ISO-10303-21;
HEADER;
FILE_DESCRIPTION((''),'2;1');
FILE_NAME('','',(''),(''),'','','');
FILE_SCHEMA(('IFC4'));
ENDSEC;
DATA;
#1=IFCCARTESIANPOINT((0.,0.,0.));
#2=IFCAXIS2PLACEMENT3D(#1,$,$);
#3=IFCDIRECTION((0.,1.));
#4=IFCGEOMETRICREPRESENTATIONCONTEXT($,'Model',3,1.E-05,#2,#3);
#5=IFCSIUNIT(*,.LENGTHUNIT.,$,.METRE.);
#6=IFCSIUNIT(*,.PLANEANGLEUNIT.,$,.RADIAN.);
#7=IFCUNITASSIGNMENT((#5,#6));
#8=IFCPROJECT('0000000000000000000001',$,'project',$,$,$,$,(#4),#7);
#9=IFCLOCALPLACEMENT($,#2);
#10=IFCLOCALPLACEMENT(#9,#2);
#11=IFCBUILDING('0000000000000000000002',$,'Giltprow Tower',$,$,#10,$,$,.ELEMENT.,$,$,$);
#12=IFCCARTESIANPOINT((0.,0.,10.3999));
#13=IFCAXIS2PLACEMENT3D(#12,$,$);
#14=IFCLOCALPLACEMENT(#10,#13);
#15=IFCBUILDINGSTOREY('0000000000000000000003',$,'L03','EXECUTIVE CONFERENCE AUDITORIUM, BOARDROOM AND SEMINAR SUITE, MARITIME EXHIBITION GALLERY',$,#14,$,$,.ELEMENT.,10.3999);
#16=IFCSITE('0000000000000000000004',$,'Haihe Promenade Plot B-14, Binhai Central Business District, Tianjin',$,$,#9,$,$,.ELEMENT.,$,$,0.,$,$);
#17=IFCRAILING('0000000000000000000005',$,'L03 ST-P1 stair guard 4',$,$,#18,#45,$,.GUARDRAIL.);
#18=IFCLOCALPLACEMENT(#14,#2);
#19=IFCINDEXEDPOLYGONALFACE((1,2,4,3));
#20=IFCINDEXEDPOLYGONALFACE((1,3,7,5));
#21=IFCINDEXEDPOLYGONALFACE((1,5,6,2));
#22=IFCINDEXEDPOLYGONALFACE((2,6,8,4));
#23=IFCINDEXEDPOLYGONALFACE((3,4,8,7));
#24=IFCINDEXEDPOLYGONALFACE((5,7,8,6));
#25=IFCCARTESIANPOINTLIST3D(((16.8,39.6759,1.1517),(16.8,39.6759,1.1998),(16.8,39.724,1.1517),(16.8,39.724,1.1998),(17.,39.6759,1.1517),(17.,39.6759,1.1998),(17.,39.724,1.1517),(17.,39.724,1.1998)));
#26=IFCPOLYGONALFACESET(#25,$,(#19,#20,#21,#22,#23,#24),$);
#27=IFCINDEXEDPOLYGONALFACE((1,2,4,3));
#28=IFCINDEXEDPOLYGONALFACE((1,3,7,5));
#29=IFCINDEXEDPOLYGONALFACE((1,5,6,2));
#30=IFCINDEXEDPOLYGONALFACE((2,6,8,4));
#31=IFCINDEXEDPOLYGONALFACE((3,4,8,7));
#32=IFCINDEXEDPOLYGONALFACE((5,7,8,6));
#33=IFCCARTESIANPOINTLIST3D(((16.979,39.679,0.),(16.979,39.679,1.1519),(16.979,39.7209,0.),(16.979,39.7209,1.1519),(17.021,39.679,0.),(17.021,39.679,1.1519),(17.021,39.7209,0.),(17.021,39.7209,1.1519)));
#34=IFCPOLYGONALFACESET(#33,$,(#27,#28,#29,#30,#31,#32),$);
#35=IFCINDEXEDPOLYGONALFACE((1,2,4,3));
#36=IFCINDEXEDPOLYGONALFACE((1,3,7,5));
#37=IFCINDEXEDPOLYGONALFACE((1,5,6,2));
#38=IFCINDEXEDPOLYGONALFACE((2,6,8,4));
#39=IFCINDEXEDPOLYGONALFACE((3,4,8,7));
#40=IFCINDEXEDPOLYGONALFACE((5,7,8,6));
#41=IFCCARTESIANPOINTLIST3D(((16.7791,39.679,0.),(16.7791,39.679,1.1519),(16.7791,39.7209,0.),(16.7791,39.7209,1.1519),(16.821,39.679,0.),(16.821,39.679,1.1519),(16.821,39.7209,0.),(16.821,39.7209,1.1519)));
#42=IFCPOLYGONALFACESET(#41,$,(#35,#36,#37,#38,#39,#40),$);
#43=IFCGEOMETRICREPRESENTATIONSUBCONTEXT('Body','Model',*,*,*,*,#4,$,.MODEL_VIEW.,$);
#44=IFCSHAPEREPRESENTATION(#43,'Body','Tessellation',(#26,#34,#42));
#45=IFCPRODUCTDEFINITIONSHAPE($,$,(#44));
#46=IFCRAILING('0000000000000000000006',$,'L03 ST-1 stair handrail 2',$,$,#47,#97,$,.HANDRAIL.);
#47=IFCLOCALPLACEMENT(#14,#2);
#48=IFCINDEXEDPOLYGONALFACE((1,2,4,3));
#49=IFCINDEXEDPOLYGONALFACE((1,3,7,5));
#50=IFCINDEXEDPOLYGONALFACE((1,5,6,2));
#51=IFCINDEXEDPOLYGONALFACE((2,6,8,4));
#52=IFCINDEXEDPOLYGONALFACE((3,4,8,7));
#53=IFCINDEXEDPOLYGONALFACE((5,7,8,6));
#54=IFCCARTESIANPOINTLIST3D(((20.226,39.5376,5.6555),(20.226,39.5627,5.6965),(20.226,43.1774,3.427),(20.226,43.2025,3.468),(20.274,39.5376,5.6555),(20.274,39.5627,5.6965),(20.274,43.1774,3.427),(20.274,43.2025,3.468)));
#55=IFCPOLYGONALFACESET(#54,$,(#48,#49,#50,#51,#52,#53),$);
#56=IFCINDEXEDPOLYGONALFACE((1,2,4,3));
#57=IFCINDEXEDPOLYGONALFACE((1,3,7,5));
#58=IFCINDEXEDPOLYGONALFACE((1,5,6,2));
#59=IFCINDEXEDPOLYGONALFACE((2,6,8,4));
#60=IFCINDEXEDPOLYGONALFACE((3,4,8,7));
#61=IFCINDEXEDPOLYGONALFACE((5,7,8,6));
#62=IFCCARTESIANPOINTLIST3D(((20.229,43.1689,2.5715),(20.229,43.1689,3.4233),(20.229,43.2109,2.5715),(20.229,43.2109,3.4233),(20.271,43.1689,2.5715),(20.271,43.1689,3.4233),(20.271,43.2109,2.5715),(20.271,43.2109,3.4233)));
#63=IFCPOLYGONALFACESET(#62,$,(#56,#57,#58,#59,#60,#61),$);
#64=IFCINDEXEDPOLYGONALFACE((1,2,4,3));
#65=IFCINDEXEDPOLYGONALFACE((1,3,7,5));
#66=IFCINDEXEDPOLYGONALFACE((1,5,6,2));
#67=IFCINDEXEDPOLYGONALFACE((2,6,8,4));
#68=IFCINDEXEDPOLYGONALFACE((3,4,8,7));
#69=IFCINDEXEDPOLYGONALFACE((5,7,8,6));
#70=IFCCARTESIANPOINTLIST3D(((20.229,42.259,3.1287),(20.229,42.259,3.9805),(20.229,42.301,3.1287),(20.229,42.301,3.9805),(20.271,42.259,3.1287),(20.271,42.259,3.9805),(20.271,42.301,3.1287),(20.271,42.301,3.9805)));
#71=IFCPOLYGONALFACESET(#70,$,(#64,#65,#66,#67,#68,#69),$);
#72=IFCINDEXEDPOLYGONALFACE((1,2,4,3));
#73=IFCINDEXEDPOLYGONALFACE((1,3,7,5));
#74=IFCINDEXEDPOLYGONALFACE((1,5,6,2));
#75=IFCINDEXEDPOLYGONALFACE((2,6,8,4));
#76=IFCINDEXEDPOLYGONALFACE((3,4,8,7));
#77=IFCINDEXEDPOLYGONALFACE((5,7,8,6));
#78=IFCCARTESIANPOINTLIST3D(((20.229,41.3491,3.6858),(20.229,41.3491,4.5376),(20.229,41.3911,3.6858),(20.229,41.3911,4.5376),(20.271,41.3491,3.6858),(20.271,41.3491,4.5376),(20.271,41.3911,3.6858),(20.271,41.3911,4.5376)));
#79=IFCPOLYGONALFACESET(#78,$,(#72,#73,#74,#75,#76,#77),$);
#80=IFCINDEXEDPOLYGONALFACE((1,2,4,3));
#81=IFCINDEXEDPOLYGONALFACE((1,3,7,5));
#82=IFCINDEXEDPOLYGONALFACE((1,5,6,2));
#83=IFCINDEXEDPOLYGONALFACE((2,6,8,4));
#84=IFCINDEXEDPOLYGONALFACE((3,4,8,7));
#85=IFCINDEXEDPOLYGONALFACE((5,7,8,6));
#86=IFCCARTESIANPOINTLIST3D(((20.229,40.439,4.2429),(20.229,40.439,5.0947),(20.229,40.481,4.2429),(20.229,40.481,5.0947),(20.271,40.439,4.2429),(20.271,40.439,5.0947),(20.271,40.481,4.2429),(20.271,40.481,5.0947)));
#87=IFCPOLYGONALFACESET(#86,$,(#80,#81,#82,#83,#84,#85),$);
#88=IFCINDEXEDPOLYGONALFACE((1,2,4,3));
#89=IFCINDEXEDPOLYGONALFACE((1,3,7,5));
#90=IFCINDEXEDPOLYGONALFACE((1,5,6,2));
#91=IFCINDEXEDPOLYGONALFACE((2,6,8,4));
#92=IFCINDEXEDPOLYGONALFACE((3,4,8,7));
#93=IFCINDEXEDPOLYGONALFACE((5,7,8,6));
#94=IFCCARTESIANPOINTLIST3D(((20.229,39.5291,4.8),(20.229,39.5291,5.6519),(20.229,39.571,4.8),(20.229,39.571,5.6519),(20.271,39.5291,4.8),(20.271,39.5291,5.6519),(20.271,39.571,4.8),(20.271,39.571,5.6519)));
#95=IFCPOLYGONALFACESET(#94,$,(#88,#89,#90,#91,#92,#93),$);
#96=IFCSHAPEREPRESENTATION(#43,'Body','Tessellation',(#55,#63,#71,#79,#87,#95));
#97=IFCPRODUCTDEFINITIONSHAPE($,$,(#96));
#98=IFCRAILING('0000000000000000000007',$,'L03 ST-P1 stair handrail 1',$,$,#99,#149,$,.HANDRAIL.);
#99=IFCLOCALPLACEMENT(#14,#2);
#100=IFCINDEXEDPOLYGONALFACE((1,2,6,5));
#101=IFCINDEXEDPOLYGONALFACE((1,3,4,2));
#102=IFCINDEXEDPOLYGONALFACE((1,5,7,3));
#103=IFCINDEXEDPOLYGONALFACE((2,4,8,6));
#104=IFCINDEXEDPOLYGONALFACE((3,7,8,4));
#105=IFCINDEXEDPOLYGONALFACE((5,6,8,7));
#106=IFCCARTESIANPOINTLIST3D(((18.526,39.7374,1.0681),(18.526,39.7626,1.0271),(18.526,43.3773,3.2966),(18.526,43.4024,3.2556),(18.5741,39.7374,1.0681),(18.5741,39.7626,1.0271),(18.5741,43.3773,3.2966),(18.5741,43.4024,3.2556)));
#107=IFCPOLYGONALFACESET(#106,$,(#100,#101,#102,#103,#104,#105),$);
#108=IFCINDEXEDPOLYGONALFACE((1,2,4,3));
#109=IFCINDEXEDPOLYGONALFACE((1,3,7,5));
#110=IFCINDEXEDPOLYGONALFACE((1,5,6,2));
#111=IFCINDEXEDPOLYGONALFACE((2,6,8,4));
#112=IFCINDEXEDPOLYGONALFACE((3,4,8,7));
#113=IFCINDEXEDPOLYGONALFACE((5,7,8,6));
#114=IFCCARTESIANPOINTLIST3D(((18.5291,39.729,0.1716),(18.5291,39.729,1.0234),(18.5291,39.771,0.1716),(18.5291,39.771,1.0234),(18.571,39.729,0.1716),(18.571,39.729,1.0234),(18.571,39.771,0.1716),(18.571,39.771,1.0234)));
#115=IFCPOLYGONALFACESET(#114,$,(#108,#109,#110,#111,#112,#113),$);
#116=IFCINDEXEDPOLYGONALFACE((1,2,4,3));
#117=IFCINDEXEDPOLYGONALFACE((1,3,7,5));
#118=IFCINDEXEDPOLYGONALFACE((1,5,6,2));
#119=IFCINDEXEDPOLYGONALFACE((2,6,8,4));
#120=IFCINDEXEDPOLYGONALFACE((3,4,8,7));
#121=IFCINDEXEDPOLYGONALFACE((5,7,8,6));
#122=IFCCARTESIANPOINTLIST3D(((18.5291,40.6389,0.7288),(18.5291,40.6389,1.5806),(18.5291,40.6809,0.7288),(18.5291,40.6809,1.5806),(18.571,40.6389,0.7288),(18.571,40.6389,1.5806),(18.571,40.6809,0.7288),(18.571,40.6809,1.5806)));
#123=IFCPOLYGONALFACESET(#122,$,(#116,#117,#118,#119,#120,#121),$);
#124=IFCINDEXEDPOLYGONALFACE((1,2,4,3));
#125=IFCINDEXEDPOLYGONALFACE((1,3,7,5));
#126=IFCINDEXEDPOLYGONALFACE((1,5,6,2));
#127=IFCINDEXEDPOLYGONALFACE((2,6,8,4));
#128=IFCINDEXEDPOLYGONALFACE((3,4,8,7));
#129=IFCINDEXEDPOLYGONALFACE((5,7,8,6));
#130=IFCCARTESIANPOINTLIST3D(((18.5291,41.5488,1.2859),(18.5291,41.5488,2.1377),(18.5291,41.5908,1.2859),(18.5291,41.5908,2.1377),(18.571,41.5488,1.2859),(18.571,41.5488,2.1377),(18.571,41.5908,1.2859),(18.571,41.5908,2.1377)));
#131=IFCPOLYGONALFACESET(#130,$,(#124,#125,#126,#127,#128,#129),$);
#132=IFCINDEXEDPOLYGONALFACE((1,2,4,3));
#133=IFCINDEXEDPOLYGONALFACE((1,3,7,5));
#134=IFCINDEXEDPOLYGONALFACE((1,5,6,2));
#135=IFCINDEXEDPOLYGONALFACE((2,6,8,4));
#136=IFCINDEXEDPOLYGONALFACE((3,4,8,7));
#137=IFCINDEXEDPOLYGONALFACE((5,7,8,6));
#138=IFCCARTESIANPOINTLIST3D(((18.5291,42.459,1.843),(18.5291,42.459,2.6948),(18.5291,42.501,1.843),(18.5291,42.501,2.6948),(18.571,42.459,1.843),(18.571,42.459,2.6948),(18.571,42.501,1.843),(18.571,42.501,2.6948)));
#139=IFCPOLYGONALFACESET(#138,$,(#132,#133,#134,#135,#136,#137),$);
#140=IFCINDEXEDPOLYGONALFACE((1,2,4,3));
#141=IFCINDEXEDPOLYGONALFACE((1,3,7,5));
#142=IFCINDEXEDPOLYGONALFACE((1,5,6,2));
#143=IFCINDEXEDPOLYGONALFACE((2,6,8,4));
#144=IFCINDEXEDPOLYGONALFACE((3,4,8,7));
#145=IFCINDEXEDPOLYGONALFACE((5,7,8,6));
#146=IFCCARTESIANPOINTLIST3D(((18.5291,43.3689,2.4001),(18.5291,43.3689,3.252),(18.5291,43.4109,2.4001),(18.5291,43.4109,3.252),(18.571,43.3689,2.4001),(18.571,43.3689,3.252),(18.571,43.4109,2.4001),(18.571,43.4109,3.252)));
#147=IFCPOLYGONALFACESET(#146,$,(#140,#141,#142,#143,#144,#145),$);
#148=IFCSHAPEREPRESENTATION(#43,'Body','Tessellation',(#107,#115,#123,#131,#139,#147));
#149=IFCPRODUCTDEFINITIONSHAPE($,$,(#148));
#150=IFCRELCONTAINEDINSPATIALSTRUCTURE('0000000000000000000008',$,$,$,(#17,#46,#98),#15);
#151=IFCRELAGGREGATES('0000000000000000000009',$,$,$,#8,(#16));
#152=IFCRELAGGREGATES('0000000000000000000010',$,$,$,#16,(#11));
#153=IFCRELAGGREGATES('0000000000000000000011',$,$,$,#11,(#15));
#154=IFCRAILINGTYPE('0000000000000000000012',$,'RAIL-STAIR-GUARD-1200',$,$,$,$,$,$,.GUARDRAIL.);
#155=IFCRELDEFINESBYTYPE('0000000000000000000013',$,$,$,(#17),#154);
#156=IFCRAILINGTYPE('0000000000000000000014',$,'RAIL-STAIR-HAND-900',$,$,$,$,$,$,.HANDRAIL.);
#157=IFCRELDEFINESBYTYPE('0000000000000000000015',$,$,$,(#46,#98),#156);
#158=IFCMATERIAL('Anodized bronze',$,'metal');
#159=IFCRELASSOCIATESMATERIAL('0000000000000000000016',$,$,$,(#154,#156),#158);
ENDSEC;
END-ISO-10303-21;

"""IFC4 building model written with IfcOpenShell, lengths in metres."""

from ifc_helpers import new_model, si_unit, direction, frame, origin, origin_2d, place, context, subcontext, project, spatial, rectangle, extrude, material, type_object, element, save


model = new_model("IFC4")

# Units and contexts
model_context = context("Model", 3, precision=1e-05, world=origin(), true_north=direction((0.0, 1.0)))
body_context = subcontext(model_context, "Body", "Model", "MODEL_VIEW")
ifc_project = project(units=[si_unit("LENGTHUNIT", "METRE"), si_unit("PLANEANGLEUNIT", "RADIAN")], contexts=[model_context])

# Site, building, storey
site_placement = place(None, origin())
site = spatial("IfcSite", under=ifc_project, at=site_placement, Name="Haihe Promenade Plot B-14, Binhai Central Business District, Tianjin", CompositionType="ELEMENT", RefElevation=0.0)
building_placement = place(site_placement, origin())
building = spatial("IfcBuilding", under=site, at=building_placement, Name="Giltprow Tower", CompositionType="ELEMENT")
storey_placement = place(building_placement, frame((0.0, 0.0, 10.3999)))
storey = spatial("IfcBuildingStorey", under=building, at=storey_placement, Name="L03", Description="EXECUTIVE CONFERENCE AUDITORIUM, BOARDROOM AND SEMINAR SUITE, MARITIME EXHIBITION GALLERY", CompositionType="ELEMENT", Elevation=10.3999)

# Railings
ifc_material_1 = material(Name="Anodized bronze", Category="metal")
railing_type_1 = type_object("IfcRailingType", Name="RAIL-STAIR-GUARD-1200", PredefinedType="GUARDRAIL", material=ifc_material_1)
for number, where, name in (
    (1, (17.0, 39.7, 0.0), "L03 ST-P1 stair guard 4"),
):
    element("IfcRailing", number, at=place(storey_placement, frame(where)), inside=storey, type_object=railing_type_1, Name=name, PredefinedType="GUARDRAIL", context=body_context, shape_type="SweptSolid", body=[
        extrude(rectangle(XDim=0.0481, YDim=0.0481, at=origin_2d()), frame((0.0, 0.0, 1.1758), z_axis=(-1.0, 0.0, 0.0), x_axis=(0.0, -1.0, 0.0)), (0.0, 0.0, 1.0), 0.2),
        extrude(rectangle(XDim=0.042, YDim=0.042, at=origin_2d()), origin(), (0.0, 0.0, 1.0), 1.1519),
        extrude(rectangle(XDim=0.042, YDim=0.042, at=origin_2d()), frame((-0.2, 0.0, 0.0)), (0.0, 0.0, 1.0), 1.1519),
    ])
railing_type_2 = type_object("IfcRailingType", Name="RAIL-STAIR-HAND-900", PredefinedType="HANDRAIL", material=ifc_material_1)
railing_1_placement = place(storey_placement, frame((20.25, 43.1899, 2.5715)))
element("IfcRailing", 2, at=railing_1_placement, inside=storey, type_object=railing_type_2, Name="L03 ST-1 stair handrail 2", PredefinedType="HANDRAIL", context=body_context, shape_type="SweptSolid", body=[
    extrude(rectangle(XDim=0.0481, YDim=0.0481, at=origin_2d()), frame((0.0, 0.0, 0.876), z_axis=(0.0, -0.85285, 0.522156), x_axis=(1.0, 0.0, 0.0)), (0.0, 0.0, 1.0), 4.2678),
    extrude(rectangle(XDim=0.042, YDim=0.042, at=origin_2d()), origin(), (0.0, 0.0, 1.0), 0.8518),
    extrude(rectangle(XDim=0.042, YDim=0.042, at=origin_2d()), frame((0.0, -0.9099, 0.5571)), (0.0, 0.0, 1.0), 0.8518),
    extrude(rectangle(XDim=0.042, YDim=0.042, at=origin_2d()), frame((0.0, -1.8198, 1.1143)), (0.0, 0.0, 1.0), 0.8518),
    extrude(rectangle(XDim=0.042, YDim=0.042, at=origin_2d()), frame((0.0, -2.73, 1.6714)), (0.0, 0.0, 1.0), 0.8518),
    extrude(rectangle(XDim=0.042, YDim=0.042, at=origin_2d()), frame((0.0, -3.6399, 2.2285)), (0.0, 0.0, 1.0), 0.8518),
])
railing_2_placement = place(storey_placement, frame((18.55, 39.75, 0.1716)))
element("IfcRailing", 3, at=railing_2_placement, inside=storey, type_object=railing_type_2, Name="L03 ST-P1 stair handrail 1", PredefinedType="HANDRAIL", context=body_context, shape_type="SweptSolid", body=[
    extrude(rectangle(XDim=0.0481, YDim=0.0481, at=origin_2d()), frame((0.0, 0.0, 0.876), z_axis=(0.0, 0.85285, 0.522156), x_axis=(-1.0, 0.0, 0.0)), (0.0, 0.0, 1.0), 4.2678),
    extrude(rectangle(XDim=0.042, YDim=0.042, at=origin_2d()), origin(), (0.0, 0.0, 1.0), 0.8518),
    extrude(rectangle(XDim=0.042, YDim=0.042, at=origin_2d()), frame((0.0, 0.9099, 0.5571)), (0.0, 0.0, 1.0), 0.8518),
    extrude(rectangle(XDim=0.042, YDim=0.042, at=origin_2d()), frame((0.0, 1.8198, 1.1143)), (0.0, 0.0, 1.0), 0.8518),
    extrude(rectangle(XDim=0.042, YDim=0.042, at=origin_2d()), frame((0.0, 2.73, 1.6714)), (0.0, 0.0, 1.0), 0.8518),
    extrude(rectangle(XDim=0.042, YDim=0.042, at=origin_2d()), frame((0.0, 3.6399, 2.2285)), (0.0, 0.0, 1.0), 0.8518),
])

save(model, "model.ifc")
